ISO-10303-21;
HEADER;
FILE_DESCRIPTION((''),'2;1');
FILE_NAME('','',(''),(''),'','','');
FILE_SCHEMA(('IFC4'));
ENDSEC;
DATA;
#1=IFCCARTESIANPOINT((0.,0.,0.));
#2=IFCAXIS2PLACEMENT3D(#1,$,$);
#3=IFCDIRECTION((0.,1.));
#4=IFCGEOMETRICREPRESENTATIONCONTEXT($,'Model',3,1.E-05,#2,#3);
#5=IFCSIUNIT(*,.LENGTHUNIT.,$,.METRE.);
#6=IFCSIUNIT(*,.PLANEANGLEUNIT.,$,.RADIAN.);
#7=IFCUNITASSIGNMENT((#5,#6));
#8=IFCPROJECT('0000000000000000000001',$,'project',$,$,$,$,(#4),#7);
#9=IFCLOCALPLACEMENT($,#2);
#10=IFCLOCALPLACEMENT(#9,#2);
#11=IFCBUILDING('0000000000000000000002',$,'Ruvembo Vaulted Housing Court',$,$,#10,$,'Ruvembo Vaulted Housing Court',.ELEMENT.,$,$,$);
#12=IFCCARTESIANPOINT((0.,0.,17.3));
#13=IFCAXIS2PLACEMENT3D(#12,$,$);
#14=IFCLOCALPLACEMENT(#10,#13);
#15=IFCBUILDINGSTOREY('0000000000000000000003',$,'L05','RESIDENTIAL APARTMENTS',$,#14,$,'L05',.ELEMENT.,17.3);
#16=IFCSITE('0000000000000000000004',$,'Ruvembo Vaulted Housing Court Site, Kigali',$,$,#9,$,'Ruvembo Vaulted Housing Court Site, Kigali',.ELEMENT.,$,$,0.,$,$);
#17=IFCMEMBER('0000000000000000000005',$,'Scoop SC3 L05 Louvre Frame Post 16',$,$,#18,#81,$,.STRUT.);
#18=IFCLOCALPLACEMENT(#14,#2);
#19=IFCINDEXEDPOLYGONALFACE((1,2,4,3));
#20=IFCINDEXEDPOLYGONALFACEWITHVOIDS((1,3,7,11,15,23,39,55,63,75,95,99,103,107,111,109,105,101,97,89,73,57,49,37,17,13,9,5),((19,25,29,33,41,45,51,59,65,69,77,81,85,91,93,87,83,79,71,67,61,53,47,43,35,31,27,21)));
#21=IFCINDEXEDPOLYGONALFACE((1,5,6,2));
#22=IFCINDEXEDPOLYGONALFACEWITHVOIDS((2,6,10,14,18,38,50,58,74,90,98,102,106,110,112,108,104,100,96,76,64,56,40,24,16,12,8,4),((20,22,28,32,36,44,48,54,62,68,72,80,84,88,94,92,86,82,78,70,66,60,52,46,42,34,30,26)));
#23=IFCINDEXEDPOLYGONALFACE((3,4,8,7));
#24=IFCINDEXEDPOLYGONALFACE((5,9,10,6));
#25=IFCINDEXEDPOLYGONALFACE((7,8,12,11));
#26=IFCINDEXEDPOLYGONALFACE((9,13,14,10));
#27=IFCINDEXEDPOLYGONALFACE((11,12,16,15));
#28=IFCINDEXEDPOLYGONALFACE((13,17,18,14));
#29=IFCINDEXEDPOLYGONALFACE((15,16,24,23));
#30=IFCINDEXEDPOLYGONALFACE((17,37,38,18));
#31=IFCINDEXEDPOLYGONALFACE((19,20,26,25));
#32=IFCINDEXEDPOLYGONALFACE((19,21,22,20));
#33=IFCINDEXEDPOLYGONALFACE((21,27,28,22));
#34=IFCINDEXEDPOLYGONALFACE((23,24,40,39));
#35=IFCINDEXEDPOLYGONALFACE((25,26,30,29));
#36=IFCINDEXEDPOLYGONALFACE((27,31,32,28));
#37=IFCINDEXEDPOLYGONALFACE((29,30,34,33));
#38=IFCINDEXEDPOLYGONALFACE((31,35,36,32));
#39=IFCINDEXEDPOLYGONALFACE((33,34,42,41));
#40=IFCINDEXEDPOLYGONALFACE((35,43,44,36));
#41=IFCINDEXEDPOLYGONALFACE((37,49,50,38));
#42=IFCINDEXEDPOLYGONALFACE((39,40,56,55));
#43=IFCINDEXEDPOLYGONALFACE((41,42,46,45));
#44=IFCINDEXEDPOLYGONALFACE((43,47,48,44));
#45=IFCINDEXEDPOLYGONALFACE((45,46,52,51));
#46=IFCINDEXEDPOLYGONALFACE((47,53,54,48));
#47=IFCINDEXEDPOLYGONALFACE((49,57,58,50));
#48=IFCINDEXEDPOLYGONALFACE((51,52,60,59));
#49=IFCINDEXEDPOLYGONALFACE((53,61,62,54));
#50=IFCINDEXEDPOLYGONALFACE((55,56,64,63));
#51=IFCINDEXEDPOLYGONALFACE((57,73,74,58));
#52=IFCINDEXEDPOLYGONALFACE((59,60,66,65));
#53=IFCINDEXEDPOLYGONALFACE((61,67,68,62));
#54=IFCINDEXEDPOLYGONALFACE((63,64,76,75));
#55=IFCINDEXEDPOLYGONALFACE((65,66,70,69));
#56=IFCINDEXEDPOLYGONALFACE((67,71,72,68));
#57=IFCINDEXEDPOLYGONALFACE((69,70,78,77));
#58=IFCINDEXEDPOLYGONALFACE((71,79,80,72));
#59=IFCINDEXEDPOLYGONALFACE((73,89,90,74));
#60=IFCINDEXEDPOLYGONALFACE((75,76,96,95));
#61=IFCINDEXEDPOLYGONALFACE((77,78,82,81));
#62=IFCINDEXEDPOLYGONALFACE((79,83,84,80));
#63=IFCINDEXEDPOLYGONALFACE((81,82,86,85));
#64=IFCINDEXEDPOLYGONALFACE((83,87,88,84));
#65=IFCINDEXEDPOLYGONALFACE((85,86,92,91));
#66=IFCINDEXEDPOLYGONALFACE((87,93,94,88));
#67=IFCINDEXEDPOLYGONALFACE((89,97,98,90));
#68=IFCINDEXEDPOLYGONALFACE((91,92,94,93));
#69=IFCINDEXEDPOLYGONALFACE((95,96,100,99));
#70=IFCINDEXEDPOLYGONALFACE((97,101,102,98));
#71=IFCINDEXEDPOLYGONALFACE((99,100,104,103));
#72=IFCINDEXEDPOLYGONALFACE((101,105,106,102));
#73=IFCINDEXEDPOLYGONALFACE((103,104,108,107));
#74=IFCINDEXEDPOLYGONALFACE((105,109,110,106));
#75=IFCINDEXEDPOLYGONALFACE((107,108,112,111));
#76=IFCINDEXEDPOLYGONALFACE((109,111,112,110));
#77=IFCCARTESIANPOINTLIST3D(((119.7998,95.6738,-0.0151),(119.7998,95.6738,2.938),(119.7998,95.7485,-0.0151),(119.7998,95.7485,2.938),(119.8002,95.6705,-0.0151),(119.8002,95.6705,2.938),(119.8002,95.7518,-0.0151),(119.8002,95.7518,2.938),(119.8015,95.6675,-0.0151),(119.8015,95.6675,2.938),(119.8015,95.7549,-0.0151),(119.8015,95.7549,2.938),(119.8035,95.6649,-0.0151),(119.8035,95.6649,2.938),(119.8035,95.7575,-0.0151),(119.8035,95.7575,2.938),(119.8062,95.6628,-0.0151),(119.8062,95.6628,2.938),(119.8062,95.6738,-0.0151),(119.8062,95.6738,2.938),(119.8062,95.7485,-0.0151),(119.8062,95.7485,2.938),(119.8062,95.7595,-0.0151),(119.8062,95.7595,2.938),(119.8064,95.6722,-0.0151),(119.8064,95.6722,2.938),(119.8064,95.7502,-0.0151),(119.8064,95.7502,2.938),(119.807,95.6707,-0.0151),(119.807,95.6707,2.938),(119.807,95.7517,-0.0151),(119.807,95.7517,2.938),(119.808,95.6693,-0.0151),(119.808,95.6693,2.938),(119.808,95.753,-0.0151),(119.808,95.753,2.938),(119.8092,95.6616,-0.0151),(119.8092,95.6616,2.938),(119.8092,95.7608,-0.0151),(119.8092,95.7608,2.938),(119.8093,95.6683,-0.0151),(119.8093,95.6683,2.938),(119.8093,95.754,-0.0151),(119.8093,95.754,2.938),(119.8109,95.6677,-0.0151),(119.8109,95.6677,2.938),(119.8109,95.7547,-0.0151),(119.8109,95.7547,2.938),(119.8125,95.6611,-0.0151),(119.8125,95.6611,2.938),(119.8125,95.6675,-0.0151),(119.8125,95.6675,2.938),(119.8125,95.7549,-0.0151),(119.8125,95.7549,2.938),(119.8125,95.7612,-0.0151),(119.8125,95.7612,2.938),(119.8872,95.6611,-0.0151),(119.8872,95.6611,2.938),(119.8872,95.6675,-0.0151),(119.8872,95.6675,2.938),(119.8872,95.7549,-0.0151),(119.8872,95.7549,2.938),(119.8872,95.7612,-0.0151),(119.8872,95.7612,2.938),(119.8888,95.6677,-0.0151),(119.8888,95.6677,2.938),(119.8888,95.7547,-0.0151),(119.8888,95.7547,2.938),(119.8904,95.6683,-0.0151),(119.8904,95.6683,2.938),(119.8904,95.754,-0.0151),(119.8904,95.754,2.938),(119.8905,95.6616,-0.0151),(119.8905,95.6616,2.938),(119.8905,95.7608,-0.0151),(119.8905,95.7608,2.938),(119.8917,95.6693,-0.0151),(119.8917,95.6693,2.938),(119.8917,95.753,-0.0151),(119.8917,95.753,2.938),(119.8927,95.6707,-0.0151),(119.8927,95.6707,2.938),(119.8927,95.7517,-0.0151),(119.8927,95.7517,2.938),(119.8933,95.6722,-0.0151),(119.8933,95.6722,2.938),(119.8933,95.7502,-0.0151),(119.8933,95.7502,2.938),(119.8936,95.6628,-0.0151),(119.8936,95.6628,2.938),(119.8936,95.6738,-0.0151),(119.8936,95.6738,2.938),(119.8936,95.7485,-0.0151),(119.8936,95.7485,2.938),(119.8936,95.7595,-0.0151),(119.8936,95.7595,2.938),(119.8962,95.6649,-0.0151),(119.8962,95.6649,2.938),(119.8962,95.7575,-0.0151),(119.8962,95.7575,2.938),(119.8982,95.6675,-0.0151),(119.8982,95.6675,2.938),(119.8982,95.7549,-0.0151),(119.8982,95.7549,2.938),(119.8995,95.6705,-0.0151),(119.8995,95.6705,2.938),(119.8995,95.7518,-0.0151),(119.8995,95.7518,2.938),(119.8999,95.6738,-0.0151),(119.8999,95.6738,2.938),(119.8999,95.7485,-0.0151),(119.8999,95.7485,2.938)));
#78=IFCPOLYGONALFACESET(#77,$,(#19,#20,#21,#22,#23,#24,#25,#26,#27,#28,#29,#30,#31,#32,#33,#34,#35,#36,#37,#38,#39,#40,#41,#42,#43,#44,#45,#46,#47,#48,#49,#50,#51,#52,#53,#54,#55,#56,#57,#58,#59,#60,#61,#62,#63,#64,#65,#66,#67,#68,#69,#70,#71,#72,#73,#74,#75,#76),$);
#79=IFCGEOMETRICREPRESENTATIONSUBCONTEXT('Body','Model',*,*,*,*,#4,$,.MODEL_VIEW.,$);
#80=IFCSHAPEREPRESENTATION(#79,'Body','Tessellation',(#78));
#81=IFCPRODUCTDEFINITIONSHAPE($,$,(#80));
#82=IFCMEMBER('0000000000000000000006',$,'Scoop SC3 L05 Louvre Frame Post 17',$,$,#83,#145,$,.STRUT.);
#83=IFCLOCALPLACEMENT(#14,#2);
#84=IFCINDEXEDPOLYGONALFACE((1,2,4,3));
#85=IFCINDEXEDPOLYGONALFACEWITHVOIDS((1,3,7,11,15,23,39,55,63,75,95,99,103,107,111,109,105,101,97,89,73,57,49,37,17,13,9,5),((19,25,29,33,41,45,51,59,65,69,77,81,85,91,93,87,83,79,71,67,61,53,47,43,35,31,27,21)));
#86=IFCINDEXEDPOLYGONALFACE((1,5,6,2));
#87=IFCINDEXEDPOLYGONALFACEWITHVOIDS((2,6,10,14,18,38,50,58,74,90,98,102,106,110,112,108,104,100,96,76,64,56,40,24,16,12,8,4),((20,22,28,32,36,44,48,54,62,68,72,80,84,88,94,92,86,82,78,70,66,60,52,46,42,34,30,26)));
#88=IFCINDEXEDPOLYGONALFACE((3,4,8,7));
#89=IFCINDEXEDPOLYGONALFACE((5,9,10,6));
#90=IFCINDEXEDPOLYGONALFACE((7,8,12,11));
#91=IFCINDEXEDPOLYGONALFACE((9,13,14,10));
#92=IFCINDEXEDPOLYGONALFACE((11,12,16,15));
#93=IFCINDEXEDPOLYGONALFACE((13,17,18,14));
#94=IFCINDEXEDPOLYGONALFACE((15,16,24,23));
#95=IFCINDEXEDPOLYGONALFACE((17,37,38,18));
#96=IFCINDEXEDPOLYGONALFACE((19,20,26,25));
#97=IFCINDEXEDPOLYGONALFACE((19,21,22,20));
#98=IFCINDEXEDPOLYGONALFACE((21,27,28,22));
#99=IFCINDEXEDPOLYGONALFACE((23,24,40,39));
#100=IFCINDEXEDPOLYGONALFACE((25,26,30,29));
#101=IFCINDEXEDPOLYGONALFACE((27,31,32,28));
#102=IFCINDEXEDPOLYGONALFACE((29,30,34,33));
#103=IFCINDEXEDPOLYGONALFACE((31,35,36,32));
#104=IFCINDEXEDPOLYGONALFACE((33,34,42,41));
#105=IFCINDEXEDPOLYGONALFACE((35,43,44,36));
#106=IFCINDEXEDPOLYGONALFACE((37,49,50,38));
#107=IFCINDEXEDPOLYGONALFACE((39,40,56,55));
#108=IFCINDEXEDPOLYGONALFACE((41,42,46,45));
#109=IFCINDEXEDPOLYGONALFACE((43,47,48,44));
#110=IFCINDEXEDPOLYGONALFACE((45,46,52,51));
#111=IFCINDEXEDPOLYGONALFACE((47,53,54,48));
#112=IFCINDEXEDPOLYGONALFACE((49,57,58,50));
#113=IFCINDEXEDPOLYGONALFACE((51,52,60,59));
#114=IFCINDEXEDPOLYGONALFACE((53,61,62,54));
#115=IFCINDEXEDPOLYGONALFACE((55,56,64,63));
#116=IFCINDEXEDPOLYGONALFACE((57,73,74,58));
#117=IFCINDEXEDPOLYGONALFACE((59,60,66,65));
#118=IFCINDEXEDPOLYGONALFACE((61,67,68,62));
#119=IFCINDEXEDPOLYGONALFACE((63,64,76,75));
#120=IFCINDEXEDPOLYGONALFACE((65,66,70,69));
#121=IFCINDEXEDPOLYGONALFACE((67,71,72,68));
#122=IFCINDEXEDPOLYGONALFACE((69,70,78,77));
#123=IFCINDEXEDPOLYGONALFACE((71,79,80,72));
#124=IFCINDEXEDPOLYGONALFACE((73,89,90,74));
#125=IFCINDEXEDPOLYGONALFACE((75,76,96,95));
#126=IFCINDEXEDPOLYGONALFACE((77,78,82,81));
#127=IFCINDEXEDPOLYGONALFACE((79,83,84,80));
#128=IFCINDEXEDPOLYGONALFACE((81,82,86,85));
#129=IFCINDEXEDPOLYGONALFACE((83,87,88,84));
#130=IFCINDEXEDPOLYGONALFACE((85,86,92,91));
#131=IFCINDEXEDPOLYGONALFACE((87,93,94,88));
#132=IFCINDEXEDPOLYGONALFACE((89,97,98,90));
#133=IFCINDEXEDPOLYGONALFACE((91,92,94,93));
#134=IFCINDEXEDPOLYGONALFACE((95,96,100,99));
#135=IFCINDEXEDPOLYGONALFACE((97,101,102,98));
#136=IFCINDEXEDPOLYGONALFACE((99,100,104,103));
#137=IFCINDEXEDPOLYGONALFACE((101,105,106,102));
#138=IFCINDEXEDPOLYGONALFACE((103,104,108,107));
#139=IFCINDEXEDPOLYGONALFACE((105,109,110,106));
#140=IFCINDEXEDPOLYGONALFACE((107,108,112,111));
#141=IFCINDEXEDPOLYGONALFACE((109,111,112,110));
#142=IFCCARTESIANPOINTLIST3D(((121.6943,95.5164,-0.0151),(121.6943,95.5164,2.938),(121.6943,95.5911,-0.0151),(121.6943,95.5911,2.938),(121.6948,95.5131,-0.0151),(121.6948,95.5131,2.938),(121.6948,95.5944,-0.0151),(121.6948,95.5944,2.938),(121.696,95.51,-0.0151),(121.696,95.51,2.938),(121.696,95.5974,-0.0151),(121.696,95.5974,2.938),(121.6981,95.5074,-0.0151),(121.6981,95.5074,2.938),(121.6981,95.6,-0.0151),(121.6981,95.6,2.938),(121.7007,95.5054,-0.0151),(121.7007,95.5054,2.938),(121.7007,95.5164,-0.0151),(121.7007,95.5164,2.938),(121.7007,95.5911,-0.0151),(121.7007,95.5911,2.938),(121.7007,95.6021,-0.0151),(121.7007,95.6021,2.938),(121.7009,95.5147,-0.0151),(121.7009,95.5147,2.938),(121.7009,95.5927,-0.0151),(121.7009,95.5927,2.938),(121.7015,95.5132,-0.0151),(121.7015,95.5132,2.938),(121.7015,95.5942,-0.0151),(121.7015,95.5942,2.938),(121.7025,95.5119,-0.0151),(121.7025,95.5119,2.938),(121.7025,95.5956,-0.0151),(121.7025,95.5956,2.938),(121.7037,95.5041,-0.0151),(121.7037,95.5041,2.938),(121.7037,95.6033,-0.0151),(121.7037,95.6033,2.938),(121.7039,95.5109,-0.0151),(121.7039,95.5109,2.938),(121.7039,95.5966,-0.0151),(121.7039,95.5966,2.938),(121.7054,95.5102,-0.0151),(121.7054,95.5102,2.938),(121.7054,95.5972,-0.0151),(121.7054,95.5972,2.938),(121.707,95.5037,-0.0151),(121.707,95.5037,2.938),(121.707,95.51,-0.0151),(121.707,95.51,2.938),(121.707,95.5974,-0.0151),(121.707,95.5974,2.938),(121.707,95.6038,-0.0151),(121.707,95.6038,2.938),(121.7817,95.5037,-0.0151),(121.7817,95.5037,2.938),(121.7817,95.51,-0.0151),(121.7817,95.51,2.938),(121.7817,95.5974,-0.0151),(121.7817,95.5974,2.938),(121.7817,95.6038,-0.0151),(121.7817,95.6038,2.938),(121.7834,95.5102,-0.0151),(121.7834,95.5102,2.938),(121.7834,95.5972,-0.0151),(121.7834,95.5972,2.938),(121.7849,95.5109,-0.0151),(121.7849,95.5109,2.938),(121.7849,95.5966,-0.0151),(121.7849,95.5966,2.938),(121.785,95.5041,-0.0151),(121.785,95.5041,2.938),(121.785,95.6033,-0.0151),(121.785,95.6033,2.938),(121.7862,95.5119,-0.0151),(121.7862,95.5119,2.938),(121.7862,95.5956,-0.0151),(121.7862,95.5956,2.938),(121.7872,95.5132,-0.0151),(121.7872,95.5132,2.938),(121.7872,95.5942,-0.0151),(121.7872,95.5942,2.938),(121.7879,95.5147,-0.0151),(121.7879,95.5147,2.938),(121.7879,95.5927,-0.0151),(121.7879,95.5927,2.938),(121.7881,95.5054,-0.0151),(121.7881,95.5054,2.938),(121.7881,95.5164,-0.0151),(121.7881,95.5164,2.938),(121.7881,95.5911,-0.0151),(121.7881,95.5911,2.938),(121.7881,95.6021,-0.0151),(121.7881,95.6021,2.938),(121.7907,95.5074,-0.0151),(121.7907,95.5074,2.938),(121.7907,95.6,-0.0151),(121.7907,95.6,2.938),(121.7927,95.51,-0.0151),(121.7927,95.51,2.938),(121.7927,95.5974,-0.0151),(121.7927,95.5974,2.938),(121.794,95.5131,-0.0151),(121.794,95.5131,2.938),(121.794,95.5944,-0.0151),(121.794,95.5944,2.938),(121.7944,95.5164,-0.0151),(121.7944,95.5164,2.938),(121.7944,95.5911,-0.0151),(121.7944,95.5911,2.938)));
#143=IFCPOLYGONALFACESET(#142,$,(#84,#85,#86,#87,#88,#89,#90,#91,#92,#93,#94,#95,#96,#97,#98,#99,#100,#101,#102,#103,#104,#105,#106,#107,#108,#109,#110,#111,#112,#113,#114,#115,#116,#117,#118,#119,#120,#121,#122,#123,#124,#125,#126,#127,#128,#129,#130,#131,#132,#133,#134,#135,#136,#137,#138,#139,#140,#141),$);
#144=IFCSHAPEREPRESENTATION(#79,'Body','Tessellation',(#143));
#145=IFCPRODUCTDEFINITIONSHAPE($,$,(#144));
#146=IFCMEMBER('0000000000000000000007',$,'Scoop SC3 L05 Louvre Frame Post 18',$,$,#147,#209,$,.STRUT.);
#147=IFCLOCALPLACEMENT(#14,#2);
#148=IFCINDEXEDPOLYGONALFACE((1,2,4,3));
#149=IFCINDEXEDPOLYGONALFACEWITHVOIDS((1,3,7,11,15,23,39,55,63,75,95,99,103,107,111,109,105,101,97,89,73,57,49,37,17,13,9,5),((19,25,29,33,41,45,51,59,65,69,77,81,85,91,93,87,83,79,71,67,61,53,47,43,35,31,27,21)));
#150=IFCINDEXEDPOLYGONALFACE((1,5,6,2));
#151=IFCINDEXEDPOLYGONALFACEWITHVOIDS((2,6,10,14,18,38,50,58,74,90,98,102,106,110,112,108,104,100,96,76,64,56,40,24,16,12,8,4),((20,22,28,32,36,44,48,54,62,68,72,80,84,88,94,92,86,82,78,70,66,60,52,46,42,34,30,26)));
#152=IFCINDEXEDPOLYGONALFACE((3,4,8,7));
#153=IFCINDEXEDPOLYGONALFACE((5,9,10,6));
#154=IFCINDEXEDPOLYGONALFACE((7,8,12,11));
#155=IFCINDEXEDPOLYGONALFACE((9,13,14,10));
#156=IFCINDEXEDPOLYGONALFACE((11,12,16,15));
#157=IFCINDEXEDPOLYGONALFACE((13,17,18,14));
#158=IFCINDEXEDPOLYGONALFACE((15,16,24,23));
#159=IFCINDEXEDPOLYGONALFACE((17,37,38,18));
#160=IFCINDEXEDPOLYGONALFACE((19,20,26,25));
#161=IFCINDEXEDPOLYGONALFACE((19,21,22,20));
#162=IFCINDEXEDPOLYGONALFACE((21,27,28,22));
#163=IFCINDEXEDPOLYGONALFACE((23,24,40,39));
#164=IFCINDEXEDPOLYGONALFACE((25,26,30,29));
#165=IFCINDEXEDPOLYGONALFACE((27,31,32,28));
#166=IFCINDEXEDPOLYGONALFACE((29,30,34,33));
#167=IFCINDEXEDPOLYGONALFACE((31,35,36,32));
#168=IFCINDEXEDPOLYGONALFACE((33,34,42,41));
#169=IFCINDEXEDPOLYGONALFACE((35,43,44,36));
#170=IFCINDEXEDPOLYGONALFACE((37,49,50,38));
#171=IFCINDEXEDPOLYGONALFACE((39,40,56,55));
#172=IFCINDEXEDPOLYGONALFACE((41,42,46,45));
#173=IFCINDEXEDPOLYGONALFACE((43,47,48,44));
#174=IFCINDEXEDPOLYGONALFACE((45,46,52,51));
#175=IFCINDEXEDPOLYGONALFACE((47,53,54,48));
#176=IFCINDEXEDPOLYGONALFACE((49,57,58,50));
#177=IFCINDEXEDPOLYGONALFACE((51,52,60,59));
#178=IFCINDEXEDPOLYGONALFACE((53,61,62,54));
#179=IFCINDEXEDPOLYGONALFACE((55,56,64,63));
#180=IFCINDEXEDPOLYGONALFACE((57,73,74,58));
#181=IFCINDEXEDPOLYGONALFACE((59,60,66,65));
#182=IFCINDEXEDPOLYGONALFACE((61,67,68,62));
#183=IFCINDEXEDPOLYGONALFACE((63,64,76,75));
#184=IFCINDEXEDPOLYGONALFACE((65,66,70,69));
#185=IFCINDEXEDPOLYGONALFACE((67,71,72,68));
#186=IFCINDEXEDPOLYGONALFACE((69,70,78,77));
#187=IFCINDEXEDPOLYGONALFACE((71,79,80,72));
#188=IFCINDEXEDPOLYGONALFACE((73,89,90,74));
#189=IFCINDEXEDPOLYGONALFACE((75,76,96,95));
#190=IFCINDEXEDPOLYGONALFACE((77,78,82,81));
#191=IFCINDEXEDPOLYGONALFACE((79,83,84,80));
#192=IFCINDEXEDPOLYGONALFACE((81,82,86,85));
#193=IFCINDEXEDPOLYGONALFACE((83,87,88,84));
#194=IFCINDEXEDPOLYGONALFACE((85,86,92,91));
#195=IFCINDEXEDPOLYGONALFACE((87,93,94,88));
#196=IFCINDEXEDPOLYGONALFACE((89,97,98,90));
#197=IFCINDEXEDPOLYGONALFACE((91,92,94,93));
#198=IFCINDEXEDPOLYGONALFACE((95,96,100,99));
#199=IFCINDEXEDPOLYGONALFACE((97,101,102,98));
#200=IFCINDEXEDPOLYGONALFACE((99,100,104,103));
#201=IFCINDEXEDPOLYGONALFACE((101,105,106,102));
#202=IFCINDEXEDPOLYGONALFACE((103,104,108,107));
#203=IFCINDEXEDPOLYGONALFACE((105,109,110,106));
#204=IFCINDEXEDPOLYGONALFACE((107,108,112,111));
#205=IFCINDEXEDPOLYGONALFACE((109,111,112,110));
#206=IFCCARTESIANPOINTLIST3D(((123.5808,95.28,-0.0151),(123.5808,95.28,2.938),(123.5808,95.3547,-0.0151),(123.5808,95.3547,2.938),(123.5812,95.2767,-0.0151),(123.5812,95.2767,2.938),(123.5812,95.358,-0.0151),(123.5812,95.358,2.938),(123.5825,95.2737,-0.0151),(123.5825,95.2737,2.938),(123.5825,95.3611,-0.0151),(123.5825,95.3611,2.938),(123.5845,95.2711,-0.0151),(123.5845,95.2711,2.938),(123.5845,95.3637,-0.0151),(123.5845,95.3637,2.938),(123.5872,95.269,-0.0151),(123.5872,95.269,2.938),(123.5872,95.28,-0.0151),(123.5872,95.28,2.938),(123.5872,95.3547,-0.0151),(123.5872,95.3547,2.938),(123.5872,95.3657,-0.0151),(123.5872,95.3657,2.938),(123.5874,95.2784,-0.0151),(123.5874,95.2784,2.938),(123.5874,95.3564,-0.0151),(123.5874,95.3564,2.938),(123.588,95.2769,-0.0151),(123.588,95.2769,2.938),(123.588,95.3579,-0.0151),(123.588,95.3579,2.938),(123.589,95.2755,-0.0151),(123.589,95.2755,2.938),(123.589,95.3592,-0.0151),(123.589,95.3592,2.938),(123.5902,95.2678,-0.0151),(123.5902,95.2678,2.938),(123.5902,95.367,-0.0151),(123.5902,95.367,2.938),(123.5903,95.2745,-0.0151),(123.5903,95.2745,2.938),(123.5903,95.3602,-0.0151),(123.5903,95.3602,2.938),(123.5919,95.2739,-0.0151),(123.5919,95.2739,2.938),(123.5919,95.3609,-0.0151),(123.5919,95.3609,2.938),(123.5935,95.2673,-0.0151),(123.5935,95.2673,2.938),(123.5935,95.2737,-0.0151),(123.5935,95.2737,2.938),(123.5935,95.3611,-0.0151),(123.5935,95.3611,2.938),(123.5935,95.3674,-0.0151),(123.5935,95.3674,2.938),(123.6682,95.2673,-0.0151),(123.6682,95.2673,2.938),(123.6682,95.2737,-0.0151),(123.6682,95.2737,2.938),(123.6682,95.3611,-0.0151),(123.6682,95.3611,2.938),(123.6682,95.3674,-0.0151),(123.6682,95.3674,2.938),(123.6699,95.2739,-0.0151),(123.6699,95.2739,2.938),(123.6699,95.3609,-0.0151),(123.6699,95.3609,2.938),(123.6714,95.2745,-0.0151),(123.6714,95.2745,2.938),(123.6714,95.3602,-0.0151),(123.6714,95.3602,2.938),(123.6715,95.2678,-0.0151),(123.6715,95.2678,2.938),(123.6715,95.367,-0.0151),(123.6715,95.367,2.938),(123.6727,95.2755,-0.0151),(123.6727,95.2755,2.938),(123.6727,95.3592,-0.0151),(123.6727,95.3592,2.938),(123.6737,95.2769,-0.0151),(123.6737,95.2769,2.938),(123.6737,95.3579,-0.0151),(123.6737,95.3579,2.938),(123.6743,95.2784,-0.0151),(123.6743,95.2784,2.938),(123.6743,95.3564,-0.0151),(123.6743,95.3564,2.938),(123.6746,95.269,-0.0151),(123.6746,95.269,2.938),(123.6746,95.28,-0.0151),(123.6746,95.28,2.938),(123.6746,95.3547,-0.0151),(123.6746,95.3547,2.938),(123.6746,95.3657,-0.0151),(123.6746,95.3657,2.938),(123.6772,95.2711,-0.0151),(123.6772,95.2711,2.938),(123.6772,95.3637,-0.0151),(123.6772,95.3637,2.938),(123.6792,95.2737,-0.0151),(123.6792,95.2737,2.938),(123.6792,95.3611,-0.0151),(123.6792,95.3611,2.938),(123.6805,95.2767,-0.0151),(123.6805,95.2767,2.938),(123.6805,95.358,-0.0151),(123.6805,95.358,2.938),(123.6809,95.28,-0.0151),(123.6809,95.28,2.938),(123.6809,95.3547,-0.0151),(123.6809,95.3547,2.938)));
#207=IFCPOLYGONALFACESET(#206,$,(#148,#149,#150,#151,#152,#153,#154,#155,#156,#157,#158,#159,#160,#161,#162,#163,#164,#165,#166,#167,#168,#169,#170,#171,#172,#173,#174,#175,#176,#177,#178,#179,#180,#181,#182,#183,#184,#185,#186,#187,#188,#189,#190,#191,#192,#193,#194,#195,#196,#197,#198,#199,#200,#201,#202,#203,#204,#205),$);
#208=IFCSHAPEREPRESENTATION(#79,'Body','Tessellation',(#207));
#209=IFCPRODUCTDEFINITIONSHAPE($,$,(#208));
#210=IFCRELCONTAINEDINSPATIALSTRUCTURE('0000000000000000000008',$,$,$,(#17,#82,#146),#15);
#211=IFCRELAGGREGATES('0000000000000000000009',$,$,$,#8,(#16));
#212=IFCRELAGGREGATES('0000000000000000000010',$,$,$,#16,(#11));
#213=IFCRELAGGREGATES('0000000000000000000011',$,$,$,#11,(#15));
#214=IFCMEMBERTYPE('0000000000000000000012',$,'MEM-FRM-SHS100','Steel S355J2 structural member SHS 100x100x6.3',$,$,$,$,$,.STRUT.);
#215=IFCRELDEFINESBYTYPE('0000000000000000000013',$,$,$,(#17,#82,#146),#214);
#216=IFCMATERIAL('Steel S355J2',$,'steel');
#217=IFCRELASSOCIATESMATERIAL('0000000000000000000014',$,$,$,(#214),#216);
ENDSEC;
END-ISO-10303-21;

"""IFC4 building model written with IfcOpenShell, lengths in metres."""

from ifc_helpers import new_model, si_unit, direction, frame, origin, origin_2d, place, context, subcontext, project, spatial, hollow_rectangle, extrude, material, material_profile, profile_set, type_object, element, save


model = new_model("IFC4")

# Units and contexts
model_context = context("Model", 3, precision=1e-05, world=origin(), true_north=direction((0.0, 1.0)))
body_context = subcontext(model_context, "Body", "Model", "MODEL_VIEW")
ifc_project = project(units=[si_unit("LENGTHUNIT", "METRE"), si_unit("PLANEANGLEUNIT", "RADIAN")], contexts=[model_context])

# Site, building, storey
site_placement = place(None, origin())
site = spatial("IfcSite", under=ifc_project, at=site_placement, Name="Ruvembo Vaulted Housing Court Site, Kigali", LongName="Ruvembo Vaulted Housing Court Site, Kigali", CompositionType="ELEMENT", RefElevation=0.0)
building_placement = place(site_placement, origin())
building = spatial("IfcBuilding", under=site, at=building_placement, Name="Ruvembo Vaulted Housing Court", LongName="Ruvembo Vaulted Housing Court", CompositionType="ELEMENT")
storey_placement = place(building_placement, frame((0.0, 0.0, 17.3)))
storey = spatial("IfcBuildingStorey", under=building, at=storey_placement, Name="L05", Description="RESIDENTIAL APARTMENTS", LongName="L05", CompositionType="ELEMENT", Elevation=17.3)

# Shared definitions
ifc_material_1 = material(Name="Steel S355J2", Category="steel")

# Members
ifc_material_profile_1 = material_profile(ifc_material_1, hollow_rectangle(XDim=0.1001, YDim=0.1001, WallThickness=0.0063, InnerFilletRadius=0.0063, OuterFilletRadius=0.0127, at=origin_2d()), Name="SHS 100x100x6.3")
ifc_profile_set_1 = profile_set([ifc_material_profile_1], Name="Steel S355J2")
member_type_1 = type_object("IfcMemberType", Name="MEM-FRM-SHS100", Description="Steel S355J2 structural member SHS 100x100x6.3", PredefinedType="STRUT", material=ifc_profile_set_1)
for number, where, z_axis, x_axis, name in (
    (1, (119.8499, 95.7112, -0.0151), (0.0, 0.0, 1.0), (1.0, 0.0, 0.0), "Scoop SC3 L05 Louvre Frame Post 16"),
    (2, (121.7444, 95.5537, -0.0151), (0.0, 0.0, 1.0), (1.0, 0.0, 0.0), "Scoop SC3 L05 Louvre Frame Post 17"),
    (3, (123.6309, 95.3174, -0.0151), (0.0, 0.0, 1.0), (1.0, 0.0, 0.0), "Scoop SC3 L05 Louvre Frame Post 18"),
):
    element("IfcMember", number, at=place(storey_placement, frame(where, z_axis=z_axis, x_axis=x_axis)), inside=storey, type_object=member_type_1, Name=name, PredefinedType="STRUT", context=body_context, shape_type="SweptSolid", body=[
        extrude(hollow_rectangle(XDim=0.1001, YDim=0.1001, WallThickness=0.0063, InnerFilletRadius=0.0063, OuterFilletRadius=0.0127, at=origin_2d()), origin(), (0.0, 0.0, 1.0), 2.9531),
    ])

save(model, "model.ifc")
